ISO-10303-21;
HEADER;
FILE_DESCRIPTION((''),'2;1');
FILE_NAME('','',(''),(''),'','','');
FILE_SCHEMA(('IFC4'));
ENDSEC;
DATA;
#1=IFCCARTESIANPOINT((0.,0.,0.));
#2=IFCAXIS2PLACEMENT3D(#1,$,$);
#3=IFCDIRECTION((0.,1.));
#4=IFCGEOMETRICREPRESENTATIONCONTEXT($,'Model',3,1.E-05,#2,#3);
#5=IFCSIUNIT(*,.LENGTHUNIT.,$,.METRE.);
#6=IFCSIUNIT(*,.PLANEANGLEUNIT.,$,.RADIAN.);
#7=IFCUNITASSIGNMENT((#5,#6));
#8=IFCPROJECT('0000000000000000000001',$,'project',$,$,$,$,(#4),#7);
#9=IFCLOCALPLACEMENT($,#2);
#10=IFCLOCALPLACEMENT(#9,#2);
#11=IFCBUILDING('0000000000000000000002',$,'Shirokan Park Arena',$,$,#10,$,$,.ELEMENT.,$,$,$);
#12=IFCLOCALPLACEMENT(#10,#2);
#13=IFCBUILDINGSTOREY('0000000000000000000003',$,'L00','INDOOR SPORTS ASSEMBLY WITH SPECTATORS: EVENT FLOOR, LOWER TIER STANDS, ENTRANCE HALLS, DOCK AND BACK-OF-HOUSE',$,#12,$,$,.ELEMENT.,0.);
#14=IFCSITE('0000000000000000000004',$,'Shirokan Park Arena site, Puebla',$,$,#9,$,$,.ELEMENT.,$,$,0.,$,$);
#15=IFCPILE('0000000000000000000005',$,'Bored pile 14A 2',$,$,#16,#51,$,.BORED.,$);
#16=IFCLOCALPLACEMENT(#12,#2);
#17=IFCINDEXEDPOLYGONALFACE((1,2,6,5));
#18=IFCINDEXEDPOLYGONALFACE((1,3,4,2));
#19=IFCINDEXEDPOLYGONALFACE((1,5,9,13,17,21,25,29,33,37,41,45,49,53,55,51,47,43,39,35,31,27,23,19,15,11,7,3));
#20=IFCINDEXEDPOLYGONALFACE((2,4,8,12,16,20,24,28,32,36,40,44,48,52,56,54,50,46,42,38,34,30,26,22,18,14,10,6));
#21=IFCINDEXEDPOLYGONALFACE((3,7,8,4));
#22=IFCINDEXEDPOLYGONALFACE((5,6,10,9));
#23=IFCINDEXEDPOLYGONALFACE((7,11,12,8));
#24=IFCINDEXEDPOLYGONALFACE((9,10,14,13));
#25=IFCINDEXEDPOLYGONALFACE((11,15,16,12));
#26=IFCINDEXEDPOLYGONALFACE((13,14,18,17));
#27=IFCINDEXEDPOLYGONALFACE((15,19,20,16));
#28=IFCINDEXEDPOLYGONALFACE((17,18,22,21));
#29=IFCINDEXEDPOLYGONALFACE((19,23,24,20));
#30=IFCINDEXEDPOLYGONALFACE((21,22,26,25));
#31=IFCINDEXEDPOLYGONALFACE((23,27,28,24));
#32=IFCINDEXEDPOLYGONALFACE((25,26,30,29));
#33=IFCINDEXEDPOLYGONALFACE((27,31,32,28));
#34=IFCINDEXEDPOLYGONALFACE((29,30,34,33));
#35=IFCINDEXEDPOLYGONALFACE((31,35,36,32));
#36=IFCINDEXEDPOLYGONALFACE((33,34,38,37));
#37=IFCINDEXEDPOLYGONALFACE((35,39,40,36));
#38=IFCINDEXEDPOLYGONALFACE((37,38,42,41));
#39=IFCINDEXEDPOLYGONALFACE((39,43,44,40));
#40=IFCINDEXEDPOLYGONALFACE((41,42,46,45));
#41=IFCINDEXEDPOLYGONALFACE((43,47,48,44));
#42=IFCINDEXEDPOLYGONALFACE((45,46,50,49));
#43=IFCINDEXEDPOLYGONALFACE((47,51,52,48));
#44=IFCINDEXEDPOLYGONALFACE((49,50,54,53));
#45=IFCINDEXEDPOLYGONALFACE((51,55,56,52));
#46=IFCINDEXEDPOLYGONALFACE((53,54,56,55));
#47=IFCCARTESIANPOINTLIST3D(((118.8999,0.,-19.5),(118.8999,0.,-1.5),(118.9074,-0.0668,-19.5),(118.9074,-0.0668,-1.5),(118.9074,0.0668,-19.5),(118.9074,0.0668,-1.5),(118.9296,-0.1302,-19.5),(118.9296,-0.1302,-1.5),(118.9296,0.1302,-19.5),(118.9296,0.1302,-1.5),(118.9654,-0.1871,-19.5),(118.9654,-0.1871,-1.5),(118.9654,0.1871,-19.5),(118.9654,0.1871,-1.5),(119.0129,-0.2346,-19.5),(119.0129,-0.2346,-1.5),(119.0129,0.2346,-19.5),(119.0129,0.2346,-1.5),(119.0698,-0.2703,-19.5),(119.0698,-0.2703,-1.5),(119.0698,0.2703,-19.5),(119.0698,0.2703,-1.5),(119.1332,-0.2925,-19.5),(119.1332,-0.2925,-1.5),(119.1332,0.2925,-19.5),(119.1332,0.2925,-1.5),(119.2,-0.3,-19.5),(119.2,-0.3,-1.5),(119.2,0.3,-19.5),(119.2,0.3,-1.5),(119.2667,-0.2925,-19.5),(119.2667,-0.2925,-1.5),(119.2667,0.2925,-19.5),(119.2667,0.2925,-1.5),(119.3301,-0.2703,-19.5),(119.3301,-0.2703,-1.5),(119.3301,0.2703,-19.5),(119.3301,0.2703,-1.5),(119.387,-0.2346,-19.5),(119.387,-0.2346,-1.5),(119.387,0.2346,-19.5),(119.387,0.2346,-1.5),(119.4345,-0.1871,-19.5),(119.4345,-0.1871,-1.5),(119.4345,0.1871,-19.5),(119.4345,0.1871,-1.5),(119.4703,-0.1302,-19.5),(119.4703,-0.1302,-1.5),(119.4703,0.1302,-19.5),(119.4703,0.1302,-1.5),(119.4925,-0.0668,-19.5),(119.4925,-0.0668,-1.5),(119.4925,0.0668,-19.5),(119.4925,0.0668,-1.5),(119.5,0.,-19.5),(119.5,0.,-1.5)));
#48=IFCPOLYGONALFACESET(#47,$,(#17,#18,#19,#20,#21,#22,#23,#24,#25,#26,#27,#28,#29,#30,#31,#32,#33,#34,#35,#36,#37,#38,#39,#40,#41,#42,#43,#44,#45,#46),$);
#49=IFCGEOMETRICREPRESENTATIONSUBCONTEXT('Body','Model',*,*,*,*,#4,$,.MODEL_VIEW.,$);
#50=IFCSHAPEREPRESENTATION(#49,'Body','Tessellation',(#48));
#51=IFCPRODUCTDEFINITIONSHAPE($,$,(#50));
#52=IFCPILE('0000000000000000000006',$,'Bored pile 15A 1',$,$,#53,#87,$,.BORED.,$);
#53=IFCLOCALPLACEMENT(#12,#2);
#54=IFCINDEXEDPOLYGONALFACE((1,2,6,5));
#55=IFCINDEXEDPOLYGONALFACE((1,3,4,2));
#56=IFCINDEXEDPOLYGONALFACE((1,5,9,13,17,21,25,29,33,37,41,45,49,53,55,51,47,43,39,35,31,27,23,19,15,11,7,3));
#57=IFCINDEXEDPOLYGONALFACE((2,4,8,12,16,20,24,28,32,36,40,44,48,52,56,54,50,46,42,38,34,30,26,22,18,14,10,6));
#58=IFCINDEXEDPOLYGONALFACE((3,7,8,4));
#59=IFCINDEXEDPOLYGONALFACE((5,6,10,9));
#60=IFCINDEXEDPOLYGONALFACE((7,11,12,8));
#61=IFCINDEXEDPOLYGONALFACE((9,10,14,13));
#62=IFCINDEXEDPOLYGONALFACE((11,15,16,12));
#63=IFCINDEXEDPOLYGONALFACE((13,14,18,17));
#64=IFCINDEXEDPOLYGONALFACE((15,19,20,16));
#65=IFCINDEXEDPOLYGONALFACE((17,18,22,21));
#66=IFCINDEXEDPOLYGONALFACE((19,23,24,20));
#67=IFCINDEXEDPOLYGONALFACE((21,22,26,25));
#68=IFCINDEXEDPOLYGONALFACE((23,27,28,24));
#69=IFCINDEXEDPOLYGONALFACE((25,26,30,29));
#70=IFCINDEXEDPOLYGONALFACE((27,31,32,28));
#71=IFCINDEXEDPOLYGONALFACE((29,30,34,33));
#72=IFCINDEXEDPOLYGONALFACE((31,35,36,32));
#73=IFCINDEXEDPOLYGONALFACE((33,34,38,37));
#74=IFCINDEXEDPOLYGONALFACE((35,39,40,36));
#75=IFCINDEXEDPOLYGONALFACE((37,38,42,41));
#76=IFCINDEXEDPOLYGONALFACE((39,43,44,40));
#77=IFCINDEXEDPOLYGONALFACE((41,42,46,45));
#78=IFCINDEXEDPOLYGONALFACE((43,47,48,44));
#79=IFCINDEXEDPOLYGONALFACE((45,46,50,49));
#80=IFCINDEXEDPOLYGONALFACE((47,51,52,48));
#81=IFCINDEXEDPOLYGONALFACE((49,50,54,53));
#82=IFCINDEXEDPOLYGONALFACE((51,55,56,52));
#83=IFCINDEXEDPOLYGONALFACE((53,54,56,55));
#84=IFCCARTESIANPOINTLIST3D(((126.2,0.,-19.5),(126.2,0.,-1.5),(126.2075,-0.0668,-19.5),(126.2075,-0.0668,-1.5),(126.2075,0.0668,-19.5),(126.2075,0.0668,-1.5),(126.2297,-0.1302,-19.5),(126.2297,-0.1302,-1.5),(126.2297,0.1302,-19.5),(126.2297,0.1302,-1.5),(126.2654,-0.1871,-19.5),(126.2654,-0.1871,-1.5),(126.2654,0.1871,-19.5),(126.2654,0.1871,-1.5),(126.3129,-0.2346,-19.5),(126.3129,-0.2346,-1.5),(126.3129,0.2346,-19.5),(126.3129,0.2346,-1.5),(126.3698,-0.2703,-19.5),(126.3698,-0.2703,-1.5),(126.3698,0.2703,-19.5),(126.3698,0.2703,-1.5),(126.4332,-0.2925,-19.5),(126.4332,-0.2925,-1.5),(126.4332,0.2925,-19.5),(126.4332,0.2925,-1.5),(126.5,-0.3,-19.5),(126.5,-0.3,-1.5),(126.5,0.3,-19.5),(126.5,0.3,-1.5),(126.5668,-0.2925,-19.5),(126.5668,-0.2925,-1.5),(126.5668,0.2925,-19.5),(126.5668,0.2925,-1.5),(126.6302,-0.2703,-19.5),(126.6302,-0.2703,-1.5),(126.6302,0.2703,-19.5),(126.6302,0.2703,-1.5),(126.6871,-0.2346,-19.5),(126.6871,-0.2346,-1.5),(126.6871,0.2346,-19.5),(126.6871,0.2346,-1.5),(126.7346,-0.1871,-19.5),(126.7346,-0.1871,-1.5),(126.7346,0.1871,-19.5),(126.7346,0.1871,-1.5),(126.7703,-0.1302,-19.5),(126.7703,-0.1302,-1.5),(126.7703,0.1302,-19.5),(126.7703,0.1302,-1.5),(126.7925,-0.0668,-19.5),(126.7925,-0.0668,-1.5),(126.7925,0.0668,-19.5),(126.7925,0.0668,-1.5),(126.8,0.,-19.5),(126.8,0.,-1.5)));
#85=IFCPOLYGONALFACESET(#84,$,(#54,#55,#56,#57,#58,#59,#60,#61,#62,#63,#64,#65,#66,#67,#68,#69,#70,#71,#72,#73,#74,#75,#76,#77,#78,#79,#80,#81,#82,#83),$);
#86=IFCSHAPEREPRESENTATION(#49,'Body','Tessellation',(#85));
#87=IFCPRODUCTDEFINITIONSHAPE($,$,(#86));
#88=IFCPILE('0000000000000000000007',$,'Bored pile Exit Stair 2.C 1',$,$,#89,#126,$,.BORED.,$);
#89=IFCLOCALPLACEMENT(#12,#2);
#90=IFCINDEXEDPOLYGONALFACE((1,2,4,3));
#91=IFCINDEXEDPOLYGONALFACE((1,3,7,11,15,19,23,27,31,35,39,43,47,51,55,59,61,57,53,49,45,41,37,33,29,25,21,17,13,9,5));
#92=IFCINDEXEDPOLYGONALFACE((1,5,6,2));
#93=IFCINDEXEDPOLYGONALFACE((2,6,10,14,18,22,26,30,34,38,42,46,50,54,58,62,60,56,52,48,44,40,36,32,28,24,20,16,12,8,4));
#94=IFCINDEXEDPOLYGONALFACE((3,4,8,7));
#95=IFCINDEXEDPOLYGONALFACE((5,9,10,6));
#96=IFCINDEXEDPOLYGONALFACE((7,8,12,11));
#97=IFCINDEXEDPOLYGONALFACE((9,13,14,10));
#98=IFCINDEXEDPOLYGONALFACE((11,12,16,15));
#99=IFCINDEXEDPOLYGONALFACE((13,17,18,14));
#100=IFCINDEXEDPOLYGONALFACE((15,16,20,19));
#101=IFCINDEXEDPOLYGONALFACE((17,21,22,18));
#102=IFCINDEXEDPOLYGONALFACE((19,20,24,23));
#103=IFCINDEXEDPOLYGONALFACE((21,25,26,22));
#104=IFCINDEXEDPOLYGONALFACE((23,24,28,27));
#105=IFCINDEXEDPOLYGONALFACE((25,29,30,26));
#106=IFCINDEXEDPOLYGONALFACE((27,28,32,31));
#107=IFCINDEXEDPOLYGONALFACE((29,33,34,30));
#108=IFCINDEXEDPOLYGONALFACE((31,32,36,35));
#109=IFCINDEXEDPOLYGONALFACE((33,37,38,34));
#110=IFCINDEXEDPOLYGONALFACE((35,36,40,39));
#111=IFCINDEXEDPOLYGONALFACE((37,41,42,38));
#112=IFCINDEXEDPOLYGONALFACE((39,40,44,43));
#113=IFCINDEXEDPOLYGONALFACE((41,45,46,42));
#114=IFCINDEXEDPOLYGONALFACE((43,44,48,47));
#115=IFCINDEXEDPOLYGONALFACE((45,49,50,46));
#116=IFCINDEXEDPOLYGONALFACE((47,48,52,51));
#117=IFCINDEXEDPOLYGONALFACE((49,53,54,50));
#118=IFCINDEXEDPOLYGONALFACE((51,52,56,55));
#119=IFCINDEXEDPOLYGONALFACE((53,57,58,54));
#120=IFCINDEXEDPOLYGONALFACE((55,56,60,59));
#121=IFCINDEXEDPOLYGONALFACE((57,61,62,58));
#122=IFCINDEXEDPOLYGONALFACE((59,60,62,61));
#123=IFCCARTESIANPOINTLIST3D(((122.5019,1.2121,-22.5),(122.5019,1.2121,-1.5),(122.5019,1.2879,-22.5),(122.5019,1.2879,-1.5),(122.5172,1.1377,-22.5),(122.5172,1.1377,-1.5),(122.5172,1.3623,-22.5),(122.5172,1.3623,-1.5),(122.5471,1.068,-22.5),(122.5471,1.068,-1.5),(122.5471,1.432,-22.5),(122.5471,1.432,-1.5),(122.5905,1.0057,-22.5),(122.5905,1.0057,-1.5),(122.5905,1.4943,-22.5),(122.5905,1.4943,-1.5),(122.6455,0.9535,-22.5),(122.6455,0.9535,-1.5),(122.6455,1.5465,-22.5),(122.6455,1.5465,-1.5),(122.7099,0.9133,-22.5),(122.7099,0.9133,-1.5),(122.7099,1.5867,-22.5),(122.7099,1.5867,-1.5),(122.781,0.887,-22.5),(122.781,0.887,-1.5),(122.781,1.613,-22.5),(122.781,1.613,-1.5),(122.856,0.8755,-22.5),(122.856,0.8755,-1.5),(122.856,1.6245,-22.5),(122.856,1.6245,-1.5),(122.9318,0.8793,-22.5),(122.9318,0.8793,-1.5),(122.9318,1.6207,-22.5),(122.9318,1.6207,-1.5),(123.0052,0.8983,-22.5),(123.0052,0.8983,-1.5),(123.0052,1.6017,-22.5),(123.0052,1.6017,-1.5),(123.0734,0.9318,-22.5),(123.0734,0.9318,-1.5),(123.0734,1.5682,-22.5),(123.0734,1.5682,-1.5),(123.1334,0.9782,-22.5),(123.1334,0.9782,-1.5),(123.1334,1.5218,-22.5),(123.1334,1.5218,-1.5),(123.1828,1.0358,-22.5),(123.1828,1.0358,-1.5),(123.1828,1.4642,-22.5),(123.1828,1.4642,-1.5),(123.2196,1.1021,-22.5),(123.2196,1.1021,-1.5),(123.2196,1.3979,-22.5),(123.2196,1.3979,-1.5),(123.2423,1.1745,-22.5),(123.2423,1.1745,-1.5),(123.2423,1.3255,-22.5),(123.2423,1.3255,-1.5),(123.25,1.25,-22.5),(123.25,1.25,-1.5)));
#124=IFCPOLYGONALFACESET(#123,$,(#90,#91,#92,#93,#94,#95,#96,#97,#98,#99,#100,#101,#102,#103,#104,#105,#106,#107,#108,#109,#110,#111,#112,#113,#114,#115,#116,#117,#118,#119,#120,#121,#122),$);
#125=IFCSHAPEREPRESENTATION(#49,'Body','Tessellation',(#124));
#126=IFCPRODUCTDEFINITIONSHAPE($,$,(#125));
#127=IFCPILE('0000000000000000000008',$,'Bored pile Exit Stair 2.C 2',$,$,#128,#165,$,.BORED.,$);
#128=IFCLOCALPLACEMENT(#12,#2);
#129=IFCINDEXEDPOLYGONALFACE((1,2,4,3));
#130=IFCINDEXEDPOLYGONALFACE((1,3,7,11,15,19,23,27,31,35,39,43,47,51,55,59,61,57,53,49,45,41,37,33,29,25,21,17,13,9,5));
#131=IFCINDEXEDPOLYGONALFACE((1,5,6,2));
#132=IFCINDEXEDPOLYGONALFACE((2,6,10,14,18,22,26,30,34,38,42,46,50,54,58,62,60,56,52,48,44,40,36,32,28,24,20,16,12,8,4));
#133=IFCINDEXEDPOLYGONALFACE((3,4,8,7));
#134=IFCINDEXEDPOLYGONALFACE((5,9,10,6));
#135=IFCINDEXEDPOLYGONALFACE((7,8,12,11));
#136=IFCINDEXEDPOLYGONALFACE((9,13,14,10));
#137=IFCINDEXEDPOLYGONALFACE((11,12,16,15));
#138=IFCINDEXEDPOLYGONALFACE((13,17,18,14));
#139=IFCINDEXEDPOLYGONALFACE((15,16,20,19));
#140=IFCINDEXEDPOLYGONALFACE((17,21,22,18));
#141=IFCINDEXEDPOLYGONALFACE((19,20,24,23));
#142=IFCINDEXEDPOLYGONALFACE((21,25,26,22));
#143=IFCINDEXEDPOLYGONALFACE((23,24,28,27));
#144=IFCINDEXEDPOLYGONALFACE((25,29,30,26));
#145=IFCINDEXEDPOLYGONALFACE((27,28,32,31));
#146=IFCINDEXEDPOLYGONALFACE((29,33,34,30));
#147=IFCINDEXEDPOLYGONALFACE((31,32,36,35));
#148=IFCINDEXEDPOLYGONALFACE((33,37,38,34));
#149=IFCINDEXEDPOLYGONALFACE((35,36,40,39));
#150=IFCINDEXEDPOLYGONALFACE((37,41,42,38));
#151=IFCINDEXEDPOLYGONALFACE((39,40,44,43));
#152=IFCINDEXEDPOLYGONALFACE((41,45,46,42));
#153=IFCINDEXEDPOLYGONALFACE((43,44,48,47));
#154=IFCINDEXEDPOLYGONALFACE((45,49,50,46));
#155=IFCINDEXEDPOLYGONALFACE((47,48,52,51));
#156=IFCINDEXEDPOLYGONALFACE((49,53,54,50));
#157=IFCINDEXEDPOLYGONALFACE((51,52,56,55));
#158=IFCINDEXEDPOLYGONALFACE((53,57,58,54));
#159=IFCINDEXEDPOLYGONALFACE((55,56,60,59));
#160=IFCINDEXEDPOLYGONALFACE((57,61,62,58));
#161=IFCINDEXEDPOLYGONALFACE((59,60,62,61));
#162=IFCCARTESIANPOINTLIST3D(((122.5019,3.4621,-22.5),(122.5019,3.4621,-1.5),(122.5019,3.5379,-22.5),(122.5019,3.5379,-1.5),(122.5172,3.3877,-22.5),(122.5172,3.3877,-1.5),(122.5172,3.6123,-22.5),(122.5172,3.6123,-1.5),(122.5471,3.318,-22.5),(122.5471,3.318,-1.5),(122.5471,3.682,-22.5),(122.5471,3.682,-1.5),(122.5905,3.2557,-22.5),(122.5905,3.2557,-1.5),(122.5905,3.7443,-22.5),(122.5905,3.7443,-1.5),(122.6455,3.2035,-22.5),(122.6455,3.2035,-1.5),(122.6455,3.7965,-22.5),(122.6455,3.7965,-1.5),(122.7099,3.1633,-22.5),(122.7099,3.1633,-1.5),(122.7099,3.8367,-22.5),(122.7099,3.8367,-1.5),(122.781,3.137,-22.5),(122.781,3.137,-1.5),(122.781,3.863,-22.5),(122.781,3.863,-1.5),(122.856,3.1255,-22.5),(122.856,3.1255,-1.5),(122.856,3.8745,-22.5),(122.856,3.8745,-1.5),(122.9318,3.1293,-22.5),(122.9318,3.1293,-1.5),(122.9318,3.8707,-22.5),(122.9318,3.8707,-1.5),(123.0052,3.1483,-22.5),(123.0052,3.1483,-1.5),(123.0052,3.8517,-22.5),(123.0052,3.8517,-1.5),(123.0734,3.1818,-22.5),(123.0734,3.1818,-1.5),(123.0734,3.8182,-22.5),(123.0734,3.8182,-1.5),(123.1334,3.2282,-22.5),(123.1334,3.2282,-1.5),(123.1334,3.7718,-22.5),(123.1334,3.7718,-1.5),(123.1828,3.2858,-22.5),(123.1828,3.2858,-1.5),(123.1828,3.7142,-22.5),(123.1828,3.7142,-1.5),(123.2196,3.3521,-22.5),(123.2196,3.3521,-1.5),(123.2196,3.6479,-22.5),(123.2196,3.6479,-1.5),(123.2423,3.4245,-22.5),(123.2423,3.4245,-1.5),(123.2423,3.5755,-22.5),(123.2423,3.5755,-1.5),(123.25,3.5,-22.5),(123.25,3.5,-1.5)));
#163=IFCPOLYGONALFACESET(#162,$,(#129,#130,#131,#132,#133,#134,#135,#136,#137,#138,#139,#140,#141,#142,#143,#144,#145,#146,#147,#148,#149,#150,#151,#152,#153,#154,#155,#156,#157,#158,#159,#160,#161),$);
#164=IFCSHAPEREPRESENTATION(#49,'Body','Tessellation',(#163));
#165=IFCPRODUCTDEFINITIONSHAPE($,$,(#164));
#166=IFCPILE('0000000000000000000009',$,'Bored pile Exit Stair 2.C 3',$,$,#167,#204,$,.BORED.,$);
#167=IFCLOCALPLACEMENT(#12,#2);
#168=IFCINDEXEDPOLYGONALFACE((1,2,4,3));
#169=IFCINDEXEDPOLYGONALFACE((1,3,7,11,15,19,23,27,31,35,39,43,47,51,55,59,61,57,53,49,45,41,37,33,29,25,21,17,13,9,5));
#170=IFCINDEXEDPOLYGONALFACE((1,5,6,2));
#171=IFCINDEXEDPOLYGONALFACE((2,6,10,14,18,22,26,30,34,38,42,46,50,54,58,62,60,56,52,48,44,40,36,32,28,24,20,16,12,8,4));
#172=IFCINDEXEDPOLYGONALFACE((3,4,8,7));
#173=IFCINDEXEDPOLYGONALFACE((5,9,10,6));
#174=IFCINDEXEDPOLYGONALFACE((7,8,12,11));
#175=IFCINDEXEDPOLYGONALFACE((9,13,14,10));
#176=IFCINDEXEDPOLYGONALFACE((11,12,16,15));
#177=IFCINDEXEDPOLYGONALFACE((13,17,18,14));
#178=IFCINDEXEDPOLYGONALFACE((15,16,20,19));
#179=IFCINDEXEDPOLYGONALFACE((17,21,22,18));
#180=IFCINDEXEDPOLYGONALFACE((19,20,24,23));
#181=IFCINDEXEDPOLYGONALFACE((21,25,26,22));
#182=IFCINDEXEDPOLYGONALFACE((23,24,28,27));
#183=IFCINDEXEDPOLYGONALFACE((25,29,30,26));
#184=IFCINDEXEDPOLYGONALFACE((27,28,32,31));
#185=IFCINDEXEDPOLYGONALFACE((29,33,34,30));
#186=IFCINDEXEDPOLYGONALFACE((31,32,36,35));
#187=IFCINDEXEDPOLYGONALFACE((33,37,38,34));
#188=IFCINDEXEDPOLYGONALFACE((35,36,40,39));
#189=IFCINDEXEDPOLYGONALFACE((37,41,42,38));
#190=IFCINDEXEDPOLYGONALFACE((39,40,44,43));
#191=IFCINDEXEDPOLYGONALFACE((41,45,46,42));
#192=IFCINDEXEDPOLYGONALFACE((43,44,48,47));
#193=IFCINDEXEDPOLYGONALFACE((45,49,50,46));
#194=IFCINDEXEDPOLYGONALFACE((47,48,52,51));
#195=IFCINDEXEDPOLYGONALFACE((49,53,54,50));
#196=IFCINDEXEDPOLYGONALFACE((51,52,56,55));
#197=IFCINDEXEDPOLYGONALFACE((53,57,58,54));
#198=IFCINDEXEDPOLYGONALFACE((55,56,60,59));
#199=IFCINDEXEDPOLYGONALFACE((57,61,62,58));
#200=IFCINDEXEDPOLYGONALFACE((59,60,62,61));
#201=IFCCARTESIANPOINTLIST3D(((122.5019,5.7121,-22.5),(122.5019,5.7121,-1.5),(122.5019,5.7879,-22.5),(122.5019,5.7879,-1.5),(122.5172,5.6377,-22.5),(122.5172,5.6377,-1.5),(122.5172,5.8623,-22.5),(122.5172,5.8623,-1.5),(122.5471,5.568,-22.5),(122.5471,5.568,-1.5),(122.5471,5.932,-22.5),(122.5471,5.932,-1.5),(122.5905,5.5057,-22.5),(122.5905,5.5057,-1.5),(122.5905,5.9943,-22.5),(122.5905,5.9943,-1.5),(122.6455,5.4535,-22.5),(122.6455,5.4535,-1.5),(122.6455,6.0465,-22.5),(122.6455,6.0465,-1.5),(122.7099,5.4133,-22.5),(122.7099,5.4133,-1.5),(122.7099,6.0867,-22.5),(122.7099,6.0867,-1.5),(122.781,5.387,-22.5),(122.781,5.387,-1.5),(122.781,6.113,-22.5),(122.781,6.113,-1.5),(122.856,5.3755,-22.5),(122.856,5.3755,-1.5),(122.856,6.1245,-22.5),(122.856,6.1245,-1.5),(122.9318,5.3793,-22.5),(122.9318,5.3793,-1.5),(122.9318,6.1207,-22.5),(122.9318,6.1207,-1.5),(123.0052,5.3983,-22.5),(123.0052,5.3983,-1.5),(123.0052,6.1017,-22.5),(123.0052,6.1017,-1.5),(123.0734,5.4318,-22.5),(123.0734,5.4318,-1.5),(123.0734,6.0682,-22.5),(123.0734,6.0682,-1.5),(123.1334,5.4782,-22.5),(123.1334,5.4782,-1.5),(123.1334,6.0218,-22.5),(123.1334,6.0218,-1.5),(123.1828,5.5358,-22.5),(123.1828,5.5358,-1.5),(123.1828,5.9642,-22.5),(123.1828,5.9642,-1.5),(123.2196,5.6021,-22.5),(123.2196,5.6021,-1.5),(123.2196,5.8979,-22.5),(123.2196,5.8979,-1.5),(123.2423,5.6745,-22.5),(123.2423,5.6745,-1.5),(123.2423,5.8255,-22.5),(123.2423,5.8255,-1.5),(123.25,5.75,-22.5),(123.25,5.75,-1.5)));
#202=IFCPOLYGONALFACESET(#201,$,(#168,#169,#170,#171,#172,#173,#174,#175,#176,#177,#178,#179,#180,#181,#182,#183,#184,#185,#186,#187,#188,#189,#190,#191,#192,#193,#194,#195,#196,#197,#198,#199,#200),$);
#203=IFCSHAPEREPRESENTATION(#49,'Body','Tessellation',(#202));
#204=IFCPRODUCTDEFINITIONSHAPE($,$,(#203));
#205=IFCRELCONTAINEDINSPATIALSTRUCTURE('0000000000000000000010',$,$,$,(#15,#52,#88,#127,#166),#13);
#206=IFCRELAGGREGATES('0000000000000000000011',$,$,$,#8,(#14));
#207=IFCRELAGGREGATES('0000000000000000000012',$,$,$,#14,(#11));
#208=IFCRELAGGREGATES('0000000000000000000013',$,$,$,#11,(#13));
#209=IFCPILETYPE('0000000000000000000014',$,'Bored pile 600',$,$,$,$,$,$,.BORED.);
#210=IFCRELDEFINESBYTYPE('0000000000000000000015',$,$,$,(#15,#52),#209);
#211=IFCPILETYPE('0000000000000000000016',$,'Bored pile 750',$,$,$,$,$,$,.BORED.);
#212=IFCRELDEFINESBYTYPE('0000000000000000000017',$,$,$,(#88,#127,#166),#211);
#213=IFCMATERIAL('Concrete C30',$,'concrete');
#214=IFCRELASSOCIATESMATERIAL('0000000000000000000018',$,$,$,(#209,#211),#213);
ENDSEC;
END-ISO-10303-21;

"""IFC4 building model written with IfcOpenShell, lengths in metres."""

from ifc_helpers import new_model, si_unit, direction, frame, origin, origin_2d, place, context, subcontext, project, spatial, circle, extrude, material, material_profile, profile_set, type_object, element, save


model = new_model("IFC4")

# Units and contexts
model_context = context("Model", 3, precision=1e-05, world=origin(), true_north=direction((0.0, 1.0)))
body_context = subcontext(model_context, "Body", "Model", "MODEL_VIEW")
ifc_project = project(units=[si_unit("LENGTHUNIT", "METRE"), si_unit("PLANEANGLEUNIT", "RADIAN")], contexts=[model_context])

# Site, building, storey
site_placement = place(None, origin())
site = spatial("IfcSite", under=ifc_project, at=site_placement, Name="Shirokan Park Arena site, Puebla", CompositionType="ELEMENT", RefElevation=0.0)
building_placement = place(site_placement, origin())
building = spatial("IfcBuilding", under=site, at=building_placement, Name="Shirokan Park Arena", CompositionType="ELEMENT")
storey_placement = place(building_placement, origin())
storey = spatial("IfcBuildingStorey", under=building, at=storey_placement, Name="L00", Description="INDOOR SPORTS ASSEMBLY WITH SPECTATORS: EVENT FLOOR, LOWER TIER STANDS, ENTRANCE HALLS, DOCK AND BACK-OF-HOUSE", CompositionType="ELEMENT", Elevation=0.0)

# Piles
ifc_material_1 = material(Name="Concrete C30", Category="concrete")
ifc_material_profile_1 = material_profile(ifc_material_1, circle(Radius=0.3, at=origin_2d()), Name="D600")
ifc_profile_set_1 = profile_set([ifc_material_profile_1], Name="Concrete C30")
pile_type_1 = type_object("IfcPileType", Name="Bored pile 600", PredefinedType="BORED", material=ifc_profile_set_1)
for number, where, z_axis, x_axis, name in (
    (1, (119.2, 0.0, -1.5), (0.0, 0.0, -1.0), (1.0, 0.0, 0.0), "Bored pile 14A 2"),
    (2, (126.5, 0.0, -1.5), (0.0, 0.0, -1.0), (1.0, 0.0, 0.0), "Bored pile 15A 1"),
):
    element("IfcPile", number, at=place(storey_placement, frame(where, z_axis=z_axis, x_axis=x_axis)), inside=storey, type_object=pile_type_1, Name=name, PredefinedType="BORED", context=body_context, shape_type="SweptSolid", body=[
        extrude(circle(Radius=0.3, at=origin_2d()), origin(), (0.0, 0.0, 1.0), 18.0),
    ])
ifc_material_profile_2 = material_profile(ifc_material_1, circle(Radius=0.375, at=origin_2d()), Name="D750")
ifc_profile_set_2 = profile_set([ifc_material_profile_2], Name="Concrete C30")
pile_type_2 = type_object("IfcPileType", Name="Bored pile 750", PredefinedType="BORED", material=ifc_profile_set_2)
for number, where, z_axis, x_axis, name in (
    (3, (122.875, 1.25, -1.5), (0.0, 0.0, -1.0), (1.0, 0.0, 0.0), "Bored pile Exit Stair 2.C 1"),
    (4, (122.875, 3.5, -1.5), (0.0, 0.0, -1.0), (1.0, 0.0, 0.0), "Bored pile Exit Stair 2.C 2"),
    (5, (122.875, 5.75, -1.5), (0.0, 0.0, -1.0), (1.0, 0.0, 0.0), "Bored pile Exit Stair 2.C 3"),
):
    element("IfcPile", number, at=place(storey_placement, frame(where, z_axis=z_axis, x_axis=x_axis)), inside=storey, type_object=pile_type_2, Name=name, PredefinedType="BORED", context=body_context, shape_type="SweptSolid", body=[
        extrude(circle(Radius=0.375, at=origin_2d()), origin(), (0.0, 0.0, 1.0), 21.0),
    ])

save(model, "model.ifc")
